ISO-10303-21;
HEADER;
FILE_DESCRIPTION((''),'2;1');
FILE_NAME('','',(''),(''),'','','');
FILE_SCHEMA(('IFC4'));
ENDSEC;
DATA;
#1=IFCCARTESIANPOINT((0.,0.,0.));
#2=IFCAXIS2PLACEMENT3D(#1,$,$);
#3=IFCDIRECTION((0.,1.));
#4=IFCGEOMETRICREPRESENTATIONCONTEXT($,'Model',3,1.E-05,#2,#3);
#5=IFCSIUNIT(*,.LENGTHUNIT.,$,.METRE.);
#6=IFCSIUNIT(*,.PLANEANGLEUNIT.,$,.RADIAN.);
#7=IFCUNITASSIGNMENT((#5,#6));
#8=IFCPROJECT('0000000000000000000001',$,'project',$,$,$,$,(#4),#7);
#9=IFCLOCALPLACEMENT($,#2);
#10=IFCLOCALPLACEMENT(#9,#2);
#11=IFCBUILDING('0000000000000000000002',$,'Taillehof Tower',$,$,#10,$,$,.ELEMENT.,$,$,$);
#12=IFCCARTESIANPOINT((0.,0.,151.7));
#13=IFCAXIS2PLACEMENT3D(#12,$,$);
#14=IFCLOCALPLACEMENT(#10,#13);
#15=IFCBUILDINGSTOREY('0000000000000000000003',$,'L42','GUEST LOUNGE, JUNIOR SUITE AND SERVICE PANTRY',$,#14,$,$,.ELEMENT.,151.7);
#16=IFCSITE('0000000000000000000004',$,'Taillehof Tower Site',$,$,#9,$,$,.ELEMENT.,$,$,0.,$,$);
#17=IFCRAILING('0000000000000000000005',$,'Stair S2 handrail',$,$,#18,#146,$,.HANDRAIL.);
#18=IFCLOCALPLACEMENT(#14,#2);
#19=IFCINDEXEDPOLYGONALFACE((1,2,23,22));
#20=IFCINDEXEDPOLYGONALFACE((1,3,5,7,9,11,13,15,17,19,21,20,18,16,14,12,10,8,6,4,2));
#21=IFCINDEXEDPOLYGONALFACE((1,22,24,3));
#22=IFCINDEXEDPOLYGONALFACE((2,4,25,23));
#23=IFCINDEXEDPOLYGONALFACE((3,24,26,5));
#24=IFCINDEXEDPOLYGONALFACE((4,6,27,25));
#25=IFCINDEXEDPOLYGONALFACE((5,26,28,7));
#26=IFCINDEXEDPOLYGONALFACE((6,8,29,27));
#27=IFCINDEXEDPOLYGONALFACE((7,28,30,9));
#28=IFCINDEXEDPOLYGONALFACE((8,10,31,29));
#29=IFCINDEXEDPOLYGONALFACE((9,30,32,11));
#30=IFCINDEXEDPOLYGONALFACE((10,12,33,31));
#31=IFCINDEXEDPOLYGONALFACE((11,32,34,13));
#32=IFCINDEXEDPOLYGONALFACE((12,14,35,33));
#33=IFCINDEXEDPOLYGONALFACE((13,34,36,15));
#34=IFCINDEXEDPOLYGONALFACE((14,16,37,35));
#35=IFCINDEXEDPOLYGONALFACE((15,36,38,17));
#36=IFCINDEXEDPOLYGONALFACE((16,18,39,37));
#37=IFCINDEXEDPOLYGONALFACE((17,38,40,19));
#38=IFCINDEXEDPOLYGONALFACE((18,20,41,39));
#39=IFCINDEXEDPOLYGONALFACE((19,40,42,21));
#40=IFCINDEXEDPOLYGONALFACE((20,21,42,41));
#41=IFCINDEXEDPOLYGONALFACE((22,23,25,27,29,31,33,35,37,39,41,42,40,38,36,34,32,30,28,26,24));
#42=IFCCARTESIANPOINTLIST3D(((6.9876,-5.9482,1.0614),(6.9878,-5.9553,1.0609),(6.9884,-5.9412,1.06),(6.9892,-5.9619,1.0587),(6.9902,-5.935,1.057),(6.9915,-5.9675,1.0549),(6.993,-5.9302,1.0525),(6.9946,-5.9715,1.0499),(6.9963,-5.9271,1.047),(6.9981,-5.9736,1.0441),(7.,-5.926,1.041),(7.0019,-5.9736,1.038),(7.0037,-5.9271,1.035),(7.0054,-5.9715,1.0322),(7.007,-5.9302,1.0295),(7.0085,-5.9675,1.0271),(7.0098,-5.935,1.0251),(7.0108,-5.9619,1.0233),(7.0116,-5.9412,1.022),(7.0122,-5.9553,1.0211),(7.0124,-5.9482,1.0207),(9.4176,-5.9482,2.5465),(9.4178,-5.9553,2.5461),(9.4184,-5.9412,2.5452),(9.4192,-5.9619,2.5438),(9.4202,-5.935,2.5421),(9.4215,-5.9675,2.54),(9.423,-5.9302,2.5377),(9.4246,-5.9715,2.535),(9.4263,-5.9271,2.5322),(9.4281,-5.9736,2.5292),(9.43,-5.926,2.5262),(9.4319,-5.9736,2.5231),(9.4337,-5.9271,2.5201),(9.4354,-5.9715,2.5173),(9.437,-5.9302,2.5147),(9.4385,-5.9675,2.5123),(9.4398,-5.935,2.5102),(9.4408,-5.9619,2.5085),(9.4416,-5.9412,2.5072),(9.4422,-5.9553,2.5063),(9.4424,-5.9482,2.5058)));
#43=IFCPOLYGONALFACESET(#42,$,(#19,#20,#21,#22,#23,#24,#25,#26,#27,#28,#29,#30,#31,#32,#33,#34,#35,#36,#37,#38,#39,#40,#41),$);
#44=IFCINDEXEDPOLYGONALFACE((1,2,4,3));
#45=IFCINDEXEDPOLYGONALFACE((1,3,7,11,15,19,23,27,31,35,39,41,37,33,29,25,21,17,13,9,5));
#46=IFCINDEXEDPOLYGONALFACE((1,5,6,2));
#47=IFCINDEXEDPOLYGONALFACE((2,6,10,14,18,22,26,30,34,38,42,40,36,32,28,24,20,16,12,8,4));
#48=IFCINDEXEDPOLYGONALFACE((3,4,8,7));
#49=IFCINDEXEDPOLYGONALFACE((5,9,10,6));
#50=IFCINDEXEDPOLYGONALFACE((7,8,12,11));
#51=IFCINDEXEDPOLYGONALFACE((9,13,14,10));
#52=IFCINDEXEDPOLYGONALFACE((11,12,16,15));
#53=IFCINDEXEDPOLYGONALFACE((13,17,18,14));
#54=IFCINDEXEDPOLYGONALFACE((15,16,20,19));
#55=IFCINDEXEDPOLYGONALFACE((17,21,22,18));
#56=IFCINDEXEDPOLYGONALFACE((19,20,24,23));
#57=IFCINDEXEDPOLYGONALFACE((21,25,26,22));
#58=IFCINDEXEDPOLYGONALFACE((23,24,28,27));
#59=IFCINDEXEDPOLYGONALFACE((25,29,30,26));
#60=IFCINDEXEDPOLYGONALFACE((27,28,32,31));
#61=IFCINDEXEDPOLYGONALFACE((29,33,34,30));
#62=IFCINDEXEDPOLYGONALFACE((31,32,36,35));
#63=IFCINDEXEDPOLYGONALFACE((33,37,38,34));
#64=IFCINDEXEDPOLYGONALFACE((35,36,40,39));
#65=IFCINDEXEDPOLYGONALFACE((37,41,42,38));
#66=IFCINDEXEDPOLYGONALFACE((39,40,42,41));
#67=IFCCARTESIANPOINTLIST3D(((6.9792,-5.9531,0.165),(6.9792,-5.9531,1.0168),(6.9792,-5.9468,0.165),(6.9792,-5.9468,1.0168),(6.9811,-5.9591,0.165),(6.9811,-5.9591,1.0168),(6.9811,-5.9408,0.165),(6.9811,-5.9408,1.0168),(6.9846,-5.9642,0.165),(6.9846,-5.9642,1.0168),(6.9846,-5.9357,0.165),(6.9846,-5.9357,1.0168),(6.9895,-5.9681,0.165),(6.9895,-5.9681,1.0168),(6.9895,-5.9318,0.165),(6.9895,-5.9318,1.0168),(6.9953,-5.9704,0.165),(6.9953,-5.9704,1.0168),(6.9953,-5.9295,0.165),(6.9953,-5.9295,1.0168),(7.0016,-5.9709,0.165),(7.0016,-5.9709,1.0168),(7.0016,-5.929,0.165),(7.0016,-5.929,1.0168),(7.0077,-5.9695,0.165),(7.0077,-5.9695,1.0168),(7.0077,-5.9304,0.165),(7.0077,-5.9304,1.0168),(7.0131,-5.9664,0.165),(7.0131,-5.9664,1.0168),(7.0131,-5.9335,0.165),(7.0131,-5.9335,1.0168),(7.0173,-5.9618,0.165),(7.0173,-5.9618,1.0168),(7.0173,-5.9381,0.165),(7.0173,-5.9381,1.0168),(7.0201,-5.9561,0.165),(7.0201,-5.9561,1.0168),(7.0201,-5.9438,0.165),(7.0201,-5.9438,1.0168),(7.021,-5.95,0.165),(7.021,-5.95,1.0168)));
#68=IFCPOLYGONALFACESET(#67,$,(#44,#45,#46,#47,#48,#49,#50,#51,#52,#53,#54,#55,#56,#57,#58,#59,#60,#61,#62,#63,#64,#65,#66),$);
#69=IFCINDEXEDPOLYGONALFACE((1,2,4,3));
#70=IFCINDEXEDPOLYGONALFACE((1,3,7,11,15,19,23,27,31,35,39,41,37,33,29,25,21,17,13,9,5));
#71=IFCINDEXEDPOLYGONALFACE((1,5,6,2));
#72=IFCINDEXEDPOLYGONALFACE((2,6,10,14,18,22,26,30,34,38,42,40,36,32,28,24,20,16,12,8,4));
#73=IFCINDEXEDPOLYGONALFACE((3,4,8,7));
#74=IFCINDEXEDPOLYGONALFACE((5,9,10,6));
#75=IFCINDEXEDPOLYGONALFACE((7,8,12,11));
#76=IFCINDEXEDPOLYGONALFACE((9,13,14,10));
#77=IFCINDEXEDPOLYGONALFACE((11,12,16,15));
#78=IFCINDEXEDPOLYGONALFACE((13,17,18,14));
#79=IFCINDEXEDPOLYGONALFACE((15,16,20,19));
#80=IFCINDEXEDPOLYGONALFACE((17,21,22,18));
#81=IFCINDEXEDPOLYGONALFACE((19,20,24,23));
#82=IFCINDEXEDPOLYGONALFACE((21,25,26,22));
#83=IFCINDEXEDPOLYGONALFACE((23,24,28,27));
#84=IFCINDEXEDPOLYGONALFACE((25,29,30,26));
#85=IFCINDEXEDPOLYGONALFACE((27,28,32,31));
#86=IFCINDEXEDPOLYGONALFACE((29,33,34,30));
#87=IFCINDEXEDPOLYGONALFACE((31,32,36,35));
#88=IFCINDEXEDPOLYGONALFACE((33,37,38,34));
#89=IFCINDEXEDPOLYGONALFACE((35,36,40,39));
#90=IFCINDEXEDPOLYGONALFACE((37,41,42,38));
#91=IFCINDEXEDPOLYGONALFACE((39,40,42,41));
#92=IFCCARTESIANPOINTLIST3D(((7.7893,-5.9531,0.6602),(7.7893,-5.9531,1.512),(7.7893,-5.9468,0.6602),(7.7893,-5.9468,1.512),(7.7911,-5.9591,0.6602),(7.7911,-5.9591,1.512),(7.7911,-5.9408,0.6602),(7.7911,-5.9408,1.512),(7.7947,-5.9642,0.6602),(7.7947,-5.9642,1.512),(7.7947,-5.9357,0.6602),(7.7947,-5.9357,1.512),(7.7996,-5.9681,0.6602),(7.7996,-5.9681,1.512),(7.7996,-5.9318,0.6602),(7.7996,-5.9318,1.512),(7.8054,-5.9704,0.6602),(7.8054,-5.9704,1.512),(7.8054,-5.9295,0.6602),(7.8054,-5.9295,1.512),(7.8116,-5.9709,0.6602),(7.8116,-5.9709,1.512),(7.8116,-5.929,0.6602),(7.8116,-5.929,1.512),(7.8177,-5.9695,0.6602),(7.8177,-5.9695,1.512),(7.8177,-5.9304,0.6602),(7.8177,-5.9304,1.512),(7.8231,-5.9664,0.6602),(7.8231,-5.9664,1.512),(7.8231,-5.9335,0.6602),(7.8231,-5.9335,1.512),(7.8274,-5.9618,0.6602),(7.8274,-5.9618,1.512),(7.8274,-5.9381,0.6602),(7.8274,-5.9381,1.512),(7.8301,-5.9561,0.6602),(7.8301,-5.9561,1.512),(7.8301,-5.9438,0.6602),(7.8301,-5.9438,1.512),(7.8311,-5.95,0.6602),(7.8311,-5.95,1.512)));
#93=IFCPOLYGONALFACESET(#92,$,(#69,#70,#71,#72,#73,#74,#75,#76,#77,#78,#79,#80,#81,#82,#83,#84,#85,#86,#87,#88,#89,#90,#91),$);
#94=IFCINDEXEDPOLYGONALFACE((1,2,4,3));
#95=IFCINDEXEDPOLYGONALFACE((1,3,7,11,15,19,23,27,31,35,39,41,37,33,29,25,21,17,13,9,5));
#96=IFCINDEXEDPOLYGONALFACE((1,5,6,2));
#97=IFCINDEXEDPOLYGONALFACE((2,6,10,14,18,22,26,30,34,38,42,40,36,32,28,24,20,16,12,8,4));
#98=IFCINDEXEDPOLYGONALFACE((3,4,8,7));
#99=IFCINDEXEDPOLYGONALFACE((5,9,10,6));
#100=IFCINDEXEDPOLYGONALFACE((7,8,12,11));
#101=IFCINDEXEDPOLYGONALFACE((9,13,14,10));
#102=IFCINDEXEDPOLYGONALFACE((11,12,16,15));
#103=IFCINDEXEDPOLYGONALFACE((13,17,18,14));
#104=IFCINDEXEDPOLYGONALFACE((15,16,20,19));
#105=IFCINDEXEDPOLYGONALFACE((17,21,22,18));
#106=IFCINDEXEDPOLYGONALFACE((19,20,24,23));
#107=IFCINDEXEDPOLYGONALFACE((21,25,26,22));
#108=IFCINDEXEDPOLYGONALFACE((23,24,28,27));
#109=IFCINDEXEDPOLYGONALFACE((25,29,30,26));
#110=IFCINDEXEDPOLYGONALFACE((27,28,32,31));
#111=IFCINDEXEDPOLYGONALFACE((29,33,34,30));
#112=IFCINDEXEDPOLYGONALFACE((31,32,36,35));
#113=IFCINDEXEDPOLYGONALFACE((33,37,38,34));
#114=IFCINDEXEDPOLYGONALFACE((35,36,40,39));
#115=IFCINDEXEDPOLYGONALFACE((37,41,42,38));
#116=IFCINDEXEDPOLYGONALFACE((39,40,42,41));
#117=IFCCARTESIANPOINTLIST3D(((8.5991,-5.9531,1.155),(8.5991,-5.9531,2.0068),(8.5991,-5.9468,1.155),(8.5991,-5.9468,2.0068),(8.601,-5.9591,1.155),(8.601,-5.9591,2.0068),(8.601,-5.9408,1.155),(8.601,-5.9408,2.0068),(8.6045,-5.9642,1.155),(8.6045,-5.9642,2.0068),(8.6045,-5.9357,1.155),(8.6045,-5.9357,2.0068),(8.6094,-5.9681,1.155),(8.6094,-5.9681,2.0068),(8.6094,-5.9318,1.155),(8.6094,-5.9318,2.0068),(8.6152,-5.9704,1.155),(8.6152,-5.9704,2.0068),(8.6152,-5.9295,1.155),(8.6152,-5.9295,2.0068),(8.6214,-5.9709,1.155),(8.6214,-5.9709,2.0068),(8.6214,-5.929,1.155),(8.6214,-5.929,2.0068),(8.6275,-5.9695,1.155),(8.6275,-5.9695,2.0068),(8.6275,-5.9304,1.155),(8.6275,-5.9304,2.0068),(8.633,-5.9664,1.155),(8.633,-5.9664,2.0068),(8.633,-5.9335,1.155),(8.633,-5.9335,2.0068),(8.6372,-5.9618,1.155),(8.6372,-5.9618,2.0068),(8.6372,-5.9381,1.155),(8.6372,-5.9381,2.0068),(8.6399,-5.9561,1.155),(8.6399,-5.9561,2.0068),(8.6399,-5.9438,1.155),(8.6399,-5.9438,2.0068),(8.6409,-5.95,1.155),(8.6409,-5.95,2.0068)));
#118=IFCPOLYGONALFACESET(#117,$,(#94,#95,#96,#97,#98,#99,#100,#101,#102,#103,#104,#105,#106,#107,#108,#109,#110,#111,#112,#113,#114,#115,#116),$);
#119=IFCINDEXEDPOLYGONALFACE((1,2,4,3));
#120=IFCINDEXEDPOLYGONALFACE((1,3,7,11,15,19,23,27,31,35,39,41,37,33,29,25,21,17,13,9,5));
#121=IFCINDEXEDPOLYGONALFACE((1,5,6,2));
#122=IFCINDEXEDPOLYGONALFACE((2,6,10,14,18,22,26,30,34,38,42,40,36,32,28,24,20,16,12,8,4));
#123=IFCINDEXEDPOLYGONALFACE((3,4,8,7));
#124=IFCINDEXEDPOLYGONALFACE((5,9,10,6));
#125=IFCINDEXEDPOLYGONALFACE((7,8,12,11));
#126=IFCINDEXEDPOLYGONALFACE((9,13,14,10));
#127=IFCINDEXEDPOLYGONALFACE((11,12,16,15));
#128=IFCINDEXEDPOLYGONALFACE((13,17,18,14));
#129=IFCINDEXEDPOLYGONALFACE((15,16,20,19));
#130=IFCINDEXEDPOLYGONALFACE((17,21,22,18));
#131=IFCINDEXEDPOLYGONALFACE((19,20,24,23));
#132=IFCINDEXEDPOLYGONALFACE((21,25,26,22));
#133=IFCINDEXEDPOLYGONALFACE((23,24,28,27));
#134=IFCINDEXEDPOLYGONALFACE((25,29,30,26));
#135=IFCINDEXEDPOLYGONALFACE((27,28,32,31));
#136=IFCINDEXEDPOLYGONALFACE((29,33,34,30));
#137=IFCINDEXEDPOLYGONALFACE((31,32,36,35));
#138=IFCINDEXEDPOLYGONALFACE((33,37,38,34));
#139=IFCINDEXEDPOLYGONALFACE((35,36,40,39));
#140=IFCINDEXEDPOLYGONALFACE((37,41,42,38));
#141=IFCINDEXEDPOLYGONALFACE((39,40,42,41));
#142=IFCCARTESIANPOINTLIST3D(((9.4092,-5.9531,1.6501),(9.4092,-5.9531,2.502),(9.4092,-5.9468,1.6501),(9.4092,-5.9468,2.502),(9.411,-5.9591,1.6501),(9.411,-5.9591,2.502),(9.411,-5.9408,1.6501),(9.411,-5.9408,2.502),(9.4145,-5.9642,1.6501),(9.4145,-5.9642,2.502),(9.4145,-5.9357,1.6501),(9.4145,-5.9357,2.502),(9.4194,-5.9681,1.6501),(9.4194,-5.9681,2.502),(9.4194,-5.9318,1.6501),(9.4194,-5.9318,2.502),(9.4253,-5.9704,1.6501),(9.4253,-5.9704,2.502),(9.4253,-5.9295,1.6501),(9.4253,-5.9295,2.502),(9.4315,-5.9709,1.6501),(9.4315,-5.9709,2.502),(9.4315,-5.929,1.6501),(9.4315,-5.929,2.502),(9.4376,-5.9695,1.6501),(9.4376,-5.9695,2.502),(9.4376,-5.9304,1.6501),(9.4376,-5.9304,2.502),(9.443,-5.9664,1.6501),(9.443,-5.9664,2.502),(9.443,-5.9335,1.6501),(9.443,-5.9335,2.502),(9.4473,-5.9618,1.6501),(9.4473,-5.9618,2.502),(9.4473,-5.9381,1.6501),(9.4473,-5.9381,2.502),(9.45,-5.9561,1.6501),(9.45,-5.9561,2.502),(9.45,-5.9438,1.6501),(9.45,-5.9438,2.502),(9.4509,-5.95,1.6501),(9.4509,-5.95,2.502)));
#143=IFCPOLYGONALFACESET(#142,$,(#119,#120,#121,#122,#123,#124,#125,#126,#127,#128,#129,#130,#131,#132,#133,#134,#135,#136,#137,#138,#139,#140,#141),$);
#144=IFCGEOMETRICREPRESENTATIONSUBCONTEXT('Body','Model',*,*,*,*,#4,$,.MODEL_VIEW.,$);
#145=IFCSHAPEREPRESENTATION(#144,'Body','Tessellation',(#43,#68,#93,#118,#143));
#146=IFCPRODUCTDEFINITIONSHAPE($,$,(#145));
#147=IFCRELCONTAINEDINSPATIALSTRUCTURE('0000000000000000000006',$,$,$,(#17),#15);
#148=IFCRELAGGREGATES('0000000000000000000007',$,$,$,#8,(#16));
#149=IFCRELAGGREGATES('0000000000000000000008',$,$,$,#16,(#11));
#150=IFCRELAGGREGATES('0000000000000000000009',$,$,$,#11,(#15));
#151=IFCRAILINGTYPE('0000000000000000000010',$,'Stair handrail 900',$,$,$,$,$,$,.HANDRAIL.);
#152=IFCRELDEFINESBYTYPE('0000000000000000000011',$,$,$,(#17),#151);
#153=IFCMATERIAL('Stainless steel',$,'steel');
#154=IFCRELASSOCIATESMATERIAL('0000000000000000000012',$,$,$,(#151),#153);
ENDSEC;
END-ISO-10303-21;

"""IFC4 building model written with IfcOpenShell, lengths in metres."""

from ifc_helpers import new_model, si_unit, direction, frame, origin, origin_2d, place, context, subcontext, project, spatial, circle, extrude, material, type_object, element, save


model = new_model("IFC4")

# Units and contexts
model_context = context("Model", 3, precision=1e-05, world=origin(), true_north=direction((0.0, 1.0)))
body_context = subcontext(model_context, "Body", "Model", "MODEL_VIEW")
ifc_project = project(units=[si_unit("LENGTHUNIT", "METRE"), si_unit("PLANEANGLEUNIT", "RADIAN")], contexts=[model_context])

# Site, building, storey
site_placement = place(None, origin())
site = spatial("IfcSite", under=ifc_project, at=site_placement, Name="Taillehof Tower Site", CompositionType="ELEMENT", RefElevation=0.0)
building_placement = place(site_placement, origin())
building = spatial("IfcBuilding", under=site, at=building_placement, Name="Taillehof Tower", CompositionType="ELEMENT")
storey_placement = place(building_placement, frame((0.0, 0.0, 151.7)))
storey = spatial("IfcBuildingStorey", under=building, at=storey_placement, Name="L42", Description="GUEST LOUNGE, JUNIOR SUITE AND SERVICE PANTRY", CompositionType="ELEMENT", Elevation=151.7)

# Railing
ifc_material_1 = material(Name="Stainless steel", Category="steel")
railing_type = type_object("IfcRailingType", Name="Stair handrail 900", PredefinedType="HANDRAIL", material=ifc_material_1)
railing_placement = place(storey_placement, frame((7.0, -5.95, 0.165)))
element("IfcRailing", 1, at=railing_placement, inside=storey, type_object=railing_type, Name="Stair S2 handrail", PredefinedType="HANDRAIL", context=body_context, shape_type="SweptSolid", body=[
    extrude(circle(Radius=0.0239, at=origin_2d()), frame((0.0, 0.0, 0.876), z_axis=(0.853259, 0.0, 0.521488), x_axis=(0.0, 1.0, 0.0)), (0.0, 0.0, 1.0), 2.8479),
    extrude(circle(Radius=0.021, at=origin_2d()), origin(), (0.0, 0.0, 1.0), 0.8518),
    extrude(circle(Radius=0.021, at=origin_2d()), frame((0.8101, 0.0, 0.4951)), (0.0, 0.0, 1.0), 0.8518),
    extrude(circle(Radius=0.021, at=origin_2d()), frame((1.6199, 0.0, 0.99)), (0.0, 0.0, 1.0), 0.8518),
    extrude(circle(Radius=0.021, at=origin_2d()), frame((2.4299, 0.0, 1.4851)), (0.0, 0.0, 1.0), 0.8518),
])

save(model, "model.ifc")
